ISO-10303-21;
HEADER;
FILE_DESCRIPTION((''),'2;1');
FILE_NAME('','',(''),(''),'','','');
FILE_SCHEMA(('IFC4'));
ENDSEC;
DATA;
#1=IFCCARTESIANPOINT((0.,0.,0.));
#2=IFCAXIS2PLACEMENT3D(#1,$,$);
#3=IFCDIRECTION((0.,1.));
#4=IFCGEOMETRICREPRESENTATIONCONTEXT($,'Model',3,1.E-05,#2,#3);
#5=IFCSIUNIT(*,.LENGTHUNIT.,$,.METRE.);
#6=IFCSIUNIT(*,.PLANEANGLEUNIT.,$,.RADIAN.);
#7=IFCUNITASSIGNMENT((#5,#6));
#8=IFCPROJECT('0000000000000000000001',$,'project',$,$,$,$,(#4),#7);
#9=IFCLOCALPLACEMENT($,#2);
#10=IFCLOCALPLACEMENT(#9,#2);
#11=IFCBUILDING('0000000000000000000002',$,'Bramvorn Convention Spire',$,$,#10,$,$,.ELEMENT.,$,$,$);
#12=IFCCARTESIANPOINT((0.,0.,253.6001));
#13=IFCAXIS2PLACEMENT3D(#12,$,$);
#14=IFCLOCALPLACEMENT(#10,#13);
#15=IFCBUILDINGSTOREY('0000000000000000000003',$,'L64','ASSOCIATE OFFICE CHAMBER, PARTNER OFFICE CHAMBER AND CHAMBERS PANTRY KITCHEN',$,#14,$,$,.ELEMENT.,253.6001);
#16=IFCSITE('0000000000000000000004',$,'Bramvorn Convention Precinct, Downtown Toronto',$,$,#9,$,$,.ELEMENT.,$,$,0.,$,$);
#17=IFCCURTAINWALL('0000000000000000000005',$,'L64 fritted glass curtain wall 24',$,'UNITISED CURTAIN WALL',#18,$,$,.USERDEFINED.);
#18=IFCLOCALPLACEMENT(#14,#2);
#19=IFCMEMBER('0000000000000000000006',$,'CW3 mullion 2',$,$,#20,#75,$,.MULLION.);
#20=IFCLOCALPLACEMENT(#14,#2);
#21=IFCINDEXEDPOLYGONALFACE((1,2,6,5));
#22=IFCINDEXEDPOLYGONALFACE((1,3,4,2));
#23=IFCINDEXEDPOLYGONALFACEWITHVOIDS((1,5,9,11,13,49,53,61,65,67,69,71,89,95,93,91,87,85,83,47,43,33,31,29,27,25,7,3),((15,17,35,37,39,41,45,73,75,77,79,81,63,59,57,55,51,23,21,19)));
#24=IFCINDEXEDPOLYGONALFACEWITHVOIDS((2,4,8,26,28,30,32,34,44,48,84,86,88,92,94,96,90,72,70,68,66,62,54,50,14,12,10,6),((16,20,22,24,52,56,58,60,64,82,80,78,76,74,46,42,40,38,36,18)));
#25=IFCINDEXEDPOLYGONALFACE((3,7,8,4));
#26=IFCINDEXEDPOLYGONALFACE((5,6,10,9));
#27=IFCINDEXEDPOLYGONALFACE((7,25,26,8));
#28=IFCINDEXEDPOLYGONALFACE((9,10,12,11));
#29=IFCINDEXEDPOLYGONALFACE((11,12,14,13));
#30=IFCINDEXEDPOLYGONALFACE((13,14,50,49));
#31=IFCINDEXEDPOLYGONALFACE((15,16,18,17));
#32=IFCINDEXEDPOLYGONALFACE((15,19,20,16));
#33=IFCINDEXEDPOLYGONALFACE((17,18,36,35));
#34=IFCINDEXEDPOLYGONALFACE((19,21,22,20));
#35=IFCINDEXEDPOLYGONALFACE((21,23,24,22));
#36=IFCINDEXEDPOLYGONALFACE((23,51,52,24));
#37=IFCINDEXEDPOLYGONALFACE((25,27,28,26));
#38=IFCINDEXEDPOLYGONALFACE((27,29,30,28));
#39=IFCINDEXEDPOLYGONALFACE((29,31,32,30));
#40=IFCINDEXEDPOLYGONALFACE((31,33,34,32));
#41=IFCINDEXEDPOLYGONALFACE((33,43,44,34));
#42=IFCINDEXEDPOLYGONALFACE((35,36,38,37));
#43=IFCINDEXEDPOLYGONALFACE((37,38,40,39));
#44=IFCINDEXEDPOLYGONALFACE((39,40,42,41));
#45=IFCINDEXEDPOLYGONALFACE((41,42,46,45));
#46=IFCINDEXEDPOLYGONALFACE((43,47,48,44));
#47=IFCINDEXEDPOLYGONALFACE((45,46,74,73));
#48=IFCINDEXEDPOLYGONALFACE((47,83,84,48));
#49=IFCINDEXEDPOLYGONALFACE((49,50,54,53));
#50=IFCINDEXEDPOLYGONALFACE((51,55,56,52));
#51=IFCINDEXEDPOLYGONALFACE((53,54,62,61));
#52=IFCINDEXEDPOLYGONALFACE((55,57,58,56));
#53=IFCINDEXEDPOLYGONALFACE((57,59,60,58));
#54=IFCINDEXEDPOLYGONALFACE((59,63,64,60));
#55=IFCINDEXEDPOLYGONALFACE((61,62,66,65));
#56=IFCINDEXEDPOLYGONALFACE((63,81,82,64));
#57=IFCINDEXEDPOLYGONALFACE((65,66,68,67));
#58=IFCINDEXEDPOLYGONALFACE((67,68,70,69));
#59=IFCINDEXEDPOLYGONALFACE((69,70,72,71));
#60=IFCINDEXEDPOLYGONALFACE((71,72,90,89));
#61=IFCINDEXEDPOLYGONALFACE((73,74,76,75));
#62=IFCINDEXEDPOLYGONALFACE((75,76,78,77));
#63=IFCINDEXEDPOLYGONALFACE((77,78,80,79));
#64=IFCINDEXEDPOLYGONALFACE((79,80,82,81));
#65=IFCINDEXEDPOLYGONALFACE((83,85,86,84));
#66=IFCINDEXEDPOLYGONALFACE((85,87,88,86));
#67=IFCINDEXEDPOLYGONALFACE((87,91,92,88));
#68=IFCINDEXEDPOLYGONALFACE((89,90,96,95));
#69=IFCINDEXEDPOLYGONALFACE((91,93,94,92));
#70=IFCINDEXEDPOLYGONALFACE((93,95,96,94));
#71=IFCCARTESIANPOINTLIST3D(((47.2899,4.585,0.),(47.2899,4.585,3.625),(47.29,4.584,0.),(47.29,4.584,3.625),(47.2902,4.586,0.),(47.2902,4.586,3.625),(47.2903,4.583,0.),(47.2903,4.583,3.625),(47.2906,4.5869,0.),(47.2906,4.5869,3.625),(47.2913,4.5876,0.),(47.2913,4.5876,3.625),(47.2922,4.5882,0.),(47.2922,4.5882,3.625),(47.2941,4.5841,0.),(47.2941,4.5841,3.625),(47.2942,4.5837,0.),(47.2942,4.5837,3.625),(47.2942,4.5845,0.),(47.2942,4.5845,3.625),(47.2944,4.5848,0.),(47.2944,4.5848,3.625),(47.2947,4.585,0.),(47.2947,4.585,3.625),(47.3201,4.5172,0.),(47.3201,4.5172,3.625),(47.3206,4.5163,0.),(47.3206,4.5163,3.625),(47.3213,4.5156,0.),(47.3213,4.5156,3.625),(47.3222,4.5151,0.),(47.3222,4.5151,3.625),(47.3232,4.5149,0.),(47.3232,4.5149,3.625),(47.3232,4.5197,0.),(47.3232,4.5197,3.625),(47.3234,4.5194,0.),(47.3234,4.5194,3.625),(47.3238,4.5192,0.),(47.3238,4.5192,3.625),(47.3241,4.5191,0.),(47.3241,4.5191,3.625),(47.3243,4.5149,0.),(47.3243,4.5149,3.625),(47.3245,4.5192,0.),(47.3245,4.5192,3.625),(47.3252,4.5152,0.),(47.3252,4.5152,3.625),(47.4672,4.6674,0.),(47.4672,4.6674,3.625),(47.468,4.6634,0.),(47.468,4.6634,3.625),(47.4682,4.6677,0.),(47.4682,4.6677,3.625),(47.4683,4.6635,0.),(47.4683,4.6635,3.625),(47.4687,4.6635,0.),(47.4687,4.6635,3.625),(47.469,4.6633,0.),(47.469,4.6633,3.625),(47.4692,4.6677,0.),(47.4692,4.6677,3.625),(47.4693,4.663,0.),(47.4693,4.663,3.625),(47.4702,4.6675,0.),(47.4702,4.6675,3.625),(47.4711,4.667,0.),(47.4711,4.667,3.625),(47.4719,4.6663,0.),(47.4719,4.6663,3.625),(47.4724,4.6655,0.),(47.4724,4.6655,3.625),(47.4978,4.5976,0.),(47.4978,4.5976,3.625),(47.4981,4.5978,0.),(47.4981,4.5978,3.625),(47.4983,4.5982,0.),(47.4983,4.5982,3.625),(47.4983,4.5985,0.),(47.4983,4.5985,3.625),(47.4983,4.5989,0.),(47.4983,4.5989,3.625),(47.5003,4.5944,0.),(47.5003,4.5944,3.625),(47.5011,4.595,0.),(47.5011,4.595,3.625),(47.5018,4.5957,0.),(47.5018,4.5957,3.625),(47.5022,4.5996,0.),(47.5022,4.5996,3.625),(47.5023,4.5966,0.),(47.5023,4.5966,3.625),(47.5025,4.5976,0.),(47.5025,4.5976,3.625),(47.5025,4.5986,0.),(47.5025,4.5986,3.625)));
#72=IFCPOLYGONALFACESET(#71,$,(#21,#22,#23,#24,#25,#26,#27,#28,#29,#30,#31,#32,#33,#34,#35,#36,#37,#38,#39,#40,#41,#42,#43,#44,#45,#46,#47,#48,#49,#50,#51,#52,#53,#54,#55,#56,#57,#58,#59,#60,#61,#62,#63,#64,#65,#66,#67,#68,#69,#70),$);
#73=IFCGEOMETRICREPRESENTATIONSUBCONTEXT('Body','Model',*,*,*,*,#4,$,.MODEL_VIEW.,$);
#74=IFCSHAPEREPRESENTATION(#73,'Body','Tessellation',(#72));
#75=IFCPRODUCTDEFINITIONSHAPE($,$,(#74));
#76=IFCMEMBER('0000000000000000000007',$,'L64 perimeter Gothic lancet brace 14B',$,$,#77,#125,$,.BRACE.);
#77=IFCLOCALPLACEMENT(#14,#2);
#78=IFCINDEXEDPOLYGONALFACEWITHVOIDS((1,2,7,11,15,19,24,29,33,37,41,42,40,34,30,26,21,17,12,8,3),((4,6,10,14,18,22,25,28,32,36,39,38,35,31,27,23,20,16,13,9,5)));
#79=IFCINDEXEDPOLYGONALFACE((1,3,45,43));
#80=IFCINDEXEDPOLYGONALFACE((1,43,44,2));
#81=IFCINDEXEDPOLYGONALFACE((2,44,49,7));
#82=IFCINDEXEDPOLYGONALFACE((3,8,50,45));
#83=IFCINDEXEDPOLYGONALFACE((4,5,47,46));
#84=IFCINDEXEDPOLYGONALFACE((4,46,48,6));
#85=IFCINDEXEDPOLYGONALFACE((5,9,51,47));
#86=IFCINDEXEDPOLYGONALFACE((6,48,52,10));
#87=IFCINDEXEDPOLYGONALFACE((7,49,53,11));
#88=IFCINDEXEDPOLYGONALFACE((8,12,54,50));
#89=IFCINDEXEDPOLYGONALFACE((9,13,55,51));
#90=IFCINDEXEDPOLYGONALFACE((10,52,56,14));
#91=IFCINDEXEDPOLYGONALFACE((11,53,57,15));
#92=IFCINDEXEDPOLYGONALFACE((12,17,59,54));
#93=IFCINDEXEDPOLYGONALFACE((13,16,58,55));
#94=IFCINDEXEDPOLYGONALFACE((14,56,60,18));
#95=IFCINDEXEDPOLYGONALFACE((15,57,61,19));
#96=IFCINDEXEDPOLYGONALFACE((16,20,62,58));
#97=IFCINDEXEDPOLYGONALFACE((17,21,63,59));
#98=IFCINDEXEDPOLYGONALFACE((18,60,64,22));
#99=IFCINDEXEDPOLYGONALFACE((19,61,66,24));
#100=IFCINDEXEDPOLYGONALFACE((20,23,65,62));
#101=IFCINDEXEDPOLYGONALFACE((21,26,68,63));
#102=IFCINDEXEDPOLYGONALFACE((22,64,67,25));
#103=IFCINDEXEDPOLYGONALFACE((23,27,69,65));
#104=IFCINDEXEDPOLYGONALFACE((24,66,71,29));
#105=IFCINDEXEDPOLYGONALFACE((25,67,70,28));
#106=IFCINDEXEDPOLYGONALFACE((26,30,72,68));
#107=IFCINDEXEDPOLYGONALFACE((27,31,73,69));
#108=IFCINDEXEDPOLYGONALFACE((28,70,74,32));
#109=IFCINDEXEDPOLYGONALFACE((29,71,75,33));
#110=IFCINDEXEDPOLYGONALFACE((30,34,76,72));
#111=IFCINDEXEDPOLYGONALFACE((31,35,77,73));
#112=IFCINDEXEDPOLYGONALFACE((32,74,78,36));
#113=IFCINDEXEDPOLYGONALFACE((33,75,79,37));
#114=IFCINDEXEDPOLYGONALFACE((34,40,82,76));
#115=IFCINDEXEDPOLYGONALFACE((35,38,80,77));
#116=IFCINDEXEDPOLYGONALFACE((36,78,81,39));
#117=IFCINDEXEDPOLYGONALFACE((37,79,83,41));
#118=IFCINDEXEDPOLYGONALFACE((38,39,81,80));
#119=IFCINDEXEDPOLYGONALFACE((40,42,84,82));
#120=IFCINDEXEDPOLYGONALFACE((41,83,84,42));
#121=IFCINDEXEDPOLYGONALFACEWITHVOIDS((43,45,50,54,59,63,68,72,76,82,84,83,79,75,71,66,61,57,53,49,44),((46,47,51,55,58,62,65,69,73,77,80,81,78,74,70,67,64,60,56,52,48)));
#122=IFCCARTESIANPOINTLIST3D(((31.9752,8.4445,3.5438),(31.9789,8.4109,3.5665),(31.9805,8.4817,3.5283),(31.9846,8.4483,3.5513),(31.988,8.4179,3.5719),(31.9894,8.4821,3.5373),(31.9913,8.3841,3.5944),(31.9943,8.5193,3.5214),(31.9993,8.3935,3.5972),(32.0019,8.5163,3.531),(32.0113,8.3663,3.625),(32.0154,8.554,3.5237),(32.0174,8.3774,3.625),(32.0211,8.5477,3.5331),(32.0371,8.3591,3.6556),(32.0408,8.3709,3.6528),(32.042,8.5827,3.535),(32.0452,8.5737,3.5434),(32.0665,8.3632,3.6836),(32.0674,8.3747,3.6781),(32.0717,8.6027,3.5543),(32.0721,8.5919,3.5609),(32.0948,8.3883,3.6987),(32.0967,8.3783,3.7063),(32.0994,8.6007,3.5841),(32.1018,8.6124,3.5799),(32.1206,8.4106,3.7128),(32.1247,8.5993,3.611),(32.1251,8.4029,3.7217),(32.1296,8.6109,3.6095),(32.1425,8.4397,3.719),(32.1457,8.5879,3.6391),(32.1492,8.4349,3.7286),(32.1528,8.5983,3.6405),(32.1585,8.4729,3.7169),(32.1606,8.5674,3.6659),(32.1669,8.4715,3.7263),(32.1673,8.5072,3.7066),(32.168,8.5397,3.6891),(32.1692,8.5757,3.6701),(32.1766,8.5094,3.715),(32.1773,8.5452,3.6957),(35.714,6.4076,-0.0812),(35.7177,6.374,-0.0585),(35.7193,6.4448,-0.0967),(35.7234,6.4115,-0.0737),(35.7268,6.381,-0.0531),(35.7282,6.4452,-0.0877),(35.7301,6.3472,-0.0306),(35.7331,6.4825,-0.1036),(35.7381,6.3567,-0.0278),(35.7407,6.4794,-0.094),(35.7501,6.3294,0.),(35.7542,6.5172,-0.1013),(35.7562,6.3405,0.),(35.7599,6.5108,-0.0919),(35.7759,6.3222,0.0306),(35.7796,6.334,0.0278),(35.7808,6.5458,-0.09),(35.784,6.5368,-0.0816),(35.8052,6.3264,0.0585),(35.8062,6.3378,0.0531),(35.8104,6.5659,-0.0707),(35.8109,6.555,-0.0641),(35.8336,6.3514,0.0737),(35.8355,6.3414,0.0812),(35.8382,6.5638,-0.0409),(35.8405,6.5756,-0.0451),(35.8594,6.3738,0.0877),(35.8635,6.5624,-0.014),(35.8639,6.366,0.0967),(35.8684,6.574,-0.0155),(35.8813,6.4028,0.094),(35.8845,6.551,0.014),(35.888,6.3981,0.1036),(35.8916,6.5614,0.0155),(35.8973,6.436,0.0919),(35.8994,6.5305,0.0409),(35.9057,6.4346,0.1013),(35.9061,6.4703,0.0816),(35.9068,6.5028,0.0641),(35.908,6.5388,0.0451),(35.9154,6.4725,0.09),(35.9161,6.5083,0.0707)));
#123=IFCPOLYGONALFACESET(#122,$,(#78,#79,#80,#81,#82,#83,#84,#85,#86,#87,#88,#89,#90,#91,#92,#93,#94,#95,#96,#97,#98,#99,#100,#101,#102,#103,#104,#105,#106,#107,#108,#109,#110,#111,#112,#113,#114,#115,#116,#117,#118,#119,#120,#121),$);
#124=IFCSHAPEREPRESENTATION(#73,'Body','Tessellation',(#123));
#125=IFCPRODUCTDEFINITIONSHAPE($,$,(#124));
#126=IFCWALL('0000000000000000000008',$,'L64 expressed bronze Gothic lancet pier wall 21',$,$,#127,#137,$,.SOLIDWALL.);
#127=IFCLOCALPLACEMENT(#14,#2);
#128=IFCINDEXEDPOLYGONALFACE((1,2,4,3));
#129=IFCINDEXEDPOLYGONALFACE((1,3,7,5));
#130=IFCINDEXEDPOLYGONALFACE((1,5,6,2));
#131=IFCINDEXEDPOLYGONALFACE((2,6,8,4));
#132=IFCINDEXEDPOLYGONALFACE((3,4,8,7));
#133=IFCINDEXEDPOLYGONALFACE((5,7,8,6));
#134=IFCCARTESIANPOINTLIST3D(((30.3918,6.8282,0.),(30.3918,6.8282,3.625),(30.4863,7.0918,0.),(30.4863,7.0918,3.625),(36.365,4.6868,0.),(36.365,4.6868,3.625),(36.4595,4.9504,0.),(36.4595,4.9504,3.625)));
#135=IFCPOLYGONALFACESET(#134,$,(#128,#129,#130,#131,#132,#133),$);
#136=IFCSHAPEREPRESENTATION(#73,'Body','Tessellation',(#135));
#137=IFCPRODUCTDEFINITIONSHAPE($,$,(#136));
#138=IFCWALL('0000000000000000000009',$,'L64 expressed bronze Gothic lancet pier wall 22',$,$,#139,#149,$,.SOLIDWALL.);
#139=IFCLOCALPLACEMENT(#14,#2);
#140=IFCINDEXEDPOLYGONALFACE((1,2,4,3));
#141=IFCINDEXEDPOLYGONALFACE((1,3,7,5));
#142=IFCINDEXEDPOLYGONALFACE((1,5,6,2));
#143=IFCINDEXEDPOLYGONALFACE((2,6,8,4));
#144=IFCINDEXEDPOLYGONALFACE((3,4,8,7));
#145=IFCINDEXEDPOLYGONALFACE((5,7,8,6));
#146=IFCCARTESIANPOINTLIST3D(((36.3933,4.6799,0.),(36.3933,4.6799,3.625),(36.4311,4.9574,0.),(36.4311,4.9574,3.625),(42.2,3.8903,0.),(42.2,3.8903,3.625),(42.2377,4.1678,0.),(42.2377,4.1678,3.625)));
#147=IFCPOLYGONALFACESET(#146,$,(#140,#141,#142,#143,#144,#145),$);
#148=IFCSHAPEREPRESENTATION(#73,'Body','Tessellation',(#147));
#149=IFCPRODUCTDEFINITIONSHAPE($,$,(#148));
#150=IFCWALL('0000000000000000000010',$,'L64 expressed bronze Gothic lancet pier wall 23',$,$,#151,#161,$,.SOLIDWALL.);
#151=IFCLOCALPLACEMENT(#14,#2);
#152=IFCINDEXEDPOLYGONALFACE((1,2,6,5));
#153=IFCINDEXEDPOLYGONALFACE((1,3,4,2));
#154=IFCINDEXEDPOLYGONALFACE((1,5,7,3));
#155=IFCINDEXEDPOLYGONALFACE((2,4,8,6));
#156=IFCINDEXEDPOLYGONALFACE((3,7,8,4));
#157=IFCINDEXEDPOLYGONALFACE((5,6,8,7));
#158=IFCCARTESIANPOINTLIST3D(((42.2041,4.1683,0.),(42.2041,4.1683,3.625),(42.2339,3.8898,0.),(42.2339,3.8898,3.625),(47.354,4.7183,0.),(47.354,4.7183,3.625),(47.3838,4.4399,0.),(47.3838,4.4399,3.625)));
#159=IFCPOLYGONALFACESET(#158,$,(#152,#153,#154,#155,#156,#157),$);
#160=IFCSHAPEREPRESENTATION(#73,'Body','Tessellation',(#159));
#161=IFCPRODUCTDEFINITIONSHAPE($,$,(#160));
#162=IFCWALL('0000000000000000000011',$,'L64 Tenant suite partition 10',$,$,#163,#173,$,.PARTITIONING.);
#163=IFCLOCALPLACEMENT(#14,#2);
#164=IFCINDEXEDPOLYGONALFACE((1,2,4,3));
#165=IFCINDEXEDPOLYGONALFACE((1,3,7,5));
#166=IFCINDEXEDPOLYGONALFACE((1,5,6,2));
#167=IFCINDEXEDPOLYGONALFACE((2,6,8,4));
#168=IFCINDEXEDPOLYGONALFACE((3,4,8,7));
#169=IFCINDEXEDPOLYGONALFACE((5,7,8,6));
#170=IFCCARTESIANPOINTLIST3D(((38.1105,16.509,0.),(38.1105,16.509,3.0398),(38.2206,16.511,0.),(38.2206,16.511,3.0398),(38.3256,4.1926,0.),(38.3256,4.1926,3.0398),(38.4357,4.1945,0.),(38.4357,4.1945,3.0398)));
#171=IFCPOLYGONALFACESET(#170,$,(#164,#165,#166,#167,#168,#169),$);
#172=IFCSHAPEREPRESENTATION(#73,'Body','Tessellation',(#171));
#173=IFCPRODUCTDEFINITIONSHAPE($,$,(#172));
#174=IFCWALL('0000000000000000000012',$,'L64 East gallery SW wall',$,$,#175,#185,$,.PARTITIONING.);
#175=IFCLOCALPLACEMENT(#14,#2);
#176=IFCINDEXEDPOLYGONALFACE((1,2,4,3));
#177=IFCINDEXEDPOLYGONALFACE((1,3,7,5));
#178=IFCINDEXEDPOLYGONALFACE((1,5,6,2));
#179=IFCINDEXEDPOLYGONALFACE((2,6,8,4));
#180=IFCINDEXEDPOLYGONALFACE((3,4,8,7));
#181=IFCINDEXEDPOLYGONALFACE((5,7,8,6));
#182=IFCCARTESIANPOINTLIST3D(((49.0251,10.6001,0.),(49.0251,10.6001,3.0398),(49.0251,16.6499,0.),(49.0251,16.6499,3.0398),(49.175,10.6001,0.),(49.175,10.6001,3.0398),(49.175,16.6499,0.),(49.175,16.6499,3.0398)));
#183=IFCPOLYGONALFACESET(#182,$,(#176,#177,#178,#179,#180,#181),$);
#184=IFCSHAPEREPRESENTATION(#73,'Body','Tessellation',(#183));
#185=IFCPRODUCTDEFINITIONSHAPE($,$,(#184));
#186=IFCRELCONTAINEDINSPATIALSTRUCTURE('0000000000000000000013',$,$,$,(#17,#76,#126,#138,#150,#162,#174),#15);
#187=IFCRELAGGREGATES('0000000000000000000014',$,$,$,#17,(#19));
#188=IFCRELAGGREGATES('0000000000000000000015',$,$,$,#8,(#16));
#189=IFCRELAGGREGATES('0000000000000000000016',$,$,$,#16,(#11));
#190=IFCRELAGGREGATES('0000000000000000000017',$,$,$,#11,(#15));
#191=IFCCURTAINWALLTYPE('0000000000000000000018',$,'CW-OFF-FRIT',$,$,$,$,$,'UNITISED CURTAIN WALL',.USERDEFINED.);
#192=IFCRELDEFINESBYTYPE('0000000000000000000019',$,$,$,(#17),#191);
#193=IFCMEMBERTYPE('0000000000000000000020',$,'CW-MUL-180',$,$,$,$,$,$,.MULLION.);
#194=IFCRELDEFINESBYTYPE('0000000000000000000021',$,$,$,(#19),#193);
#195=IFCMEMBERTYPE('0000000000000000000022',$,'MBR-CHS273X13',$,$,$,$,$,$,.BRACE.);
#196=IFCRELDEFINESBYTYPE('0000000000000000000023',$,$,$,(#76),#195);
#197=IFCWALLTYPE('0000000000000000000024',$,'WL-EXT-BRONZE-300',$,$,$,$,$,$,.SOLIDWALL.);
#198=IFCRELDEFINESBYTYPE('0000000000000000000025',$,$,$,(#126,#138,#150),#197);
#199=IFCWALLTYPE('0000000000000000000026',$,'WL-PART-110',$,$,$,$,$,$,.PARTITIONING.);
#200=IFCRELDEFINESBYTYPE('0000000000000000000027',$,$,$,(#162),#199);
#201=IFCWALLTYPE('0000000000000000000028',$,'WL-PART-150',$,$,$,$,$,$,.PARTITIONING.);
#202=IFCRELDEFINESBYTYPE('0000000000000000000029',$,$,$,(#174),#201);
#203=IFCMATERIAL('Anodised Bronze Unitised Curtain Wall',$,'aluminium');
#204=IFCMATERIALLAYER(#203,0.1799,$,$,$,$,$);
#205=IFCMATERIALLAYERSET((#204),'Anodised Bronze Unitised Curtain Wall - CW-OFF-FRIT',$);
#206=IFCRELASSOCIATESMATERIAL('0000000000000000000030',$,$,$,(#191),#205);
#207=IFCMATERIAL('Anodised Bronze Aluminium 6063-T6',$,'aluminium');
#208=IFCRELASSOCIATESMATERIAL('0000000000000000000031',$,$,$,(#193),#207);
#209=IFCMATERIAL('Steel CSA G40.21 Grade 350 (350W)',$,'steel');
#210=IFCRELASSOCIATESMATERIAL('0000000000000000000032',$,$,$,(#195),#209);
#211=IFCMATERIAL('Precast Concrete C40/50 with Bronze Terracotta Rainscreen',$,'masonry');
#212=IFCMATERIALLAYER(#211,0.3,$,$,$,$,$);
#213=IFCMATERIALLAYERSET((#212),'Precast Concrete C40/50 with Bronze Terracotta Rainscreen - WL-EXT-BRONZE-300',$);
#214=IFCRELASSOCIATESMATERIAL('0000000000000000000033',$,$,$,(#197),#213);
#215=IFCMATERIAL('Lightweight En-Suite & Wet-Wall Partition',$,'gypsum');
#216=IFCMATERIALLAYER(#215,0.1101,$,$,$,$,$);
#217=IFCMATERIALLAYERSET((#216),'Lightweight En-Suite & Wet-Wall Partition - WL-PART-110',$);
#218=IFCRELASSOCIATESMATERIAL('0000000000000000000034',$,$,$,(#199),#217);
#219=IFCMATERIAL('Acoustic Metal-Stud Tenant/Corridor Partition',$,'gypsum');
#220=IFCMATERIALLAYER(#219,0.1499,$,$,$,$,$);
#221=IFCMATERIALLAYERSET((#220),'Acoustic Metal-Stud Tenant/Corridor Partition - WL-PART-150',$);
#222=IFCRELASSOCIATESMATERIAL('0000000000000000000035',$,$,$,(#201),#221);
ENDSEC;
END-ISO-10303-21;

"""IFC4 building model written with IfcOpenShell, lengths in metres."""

from ifc_helpers import new_model, si_unit, direction, frame, frame_2d, origin, origin_2d, place, context, subcontext, project, spatial, rectangle, hollow_rectangle, hollow_circle, extrude, material, layer, layer_set, material_profile, profile_set, type_object, element, aggregate, save


model = new_model("IFC4")

# Units and contexts
model_context = context("Model", 3, precision=1e-05, world=origin(), true_north=direction((0.0, 1.0)))
body_context = subcontext(model_context, "Body", "Model", "MODEL_VIEW")
ifc_project = project(units=[si_unit("LENGTHUNIT", "METRE"), si_unit("PLANEANGLEUNIT", "RADIAN")], contexts=[model_context])

# Site, building, storey
site_placement = place(None, origin())
site = spatial("IfcSite", under=ifc_project, at=site_placement, Name="Bramvorn Convention Precinct, Downtown Toronto", CompositionType="ELEMENT", RefElevation=0.0)
building_placement = place(site_placement, origin())
building = spatial("IfcBuilding", under=site, at=building_placement, Name="Bramvorn Convention Spire", CompositionType="ELEMENT")
storey_placement = place(building_placement, frame((0.0, 0.0, 253.6001)))
storey = spatial("IfcBuildingStorey", under=building, at=storey_placement, Name="L64", Description="ASSOCIATE OFFICE CHAMBER, PARTNER OFFICE CHAMBER AND CHAMBERS PANTRY KITCHEN", CompositionType="ELEMENT", Elevation=253.6001)

# Shared definitions
ifc_material_1 = material(Name="Steel CSA G40.21 Grade 350 (350W)", Category="steel")

# Curtain wall, member
ifc_material_2 = material(Name="Anodised Bronze Unitised Curtain Wall", Category="aluminium")
ifc_layer_1 = layer(ifc_material_2, 0.1799)
ifc_layer_set_1 = layer_set([ifc_layer_1], Name="Anodised Bronze Unitised Curtain Wall - CW-OFF-FRIT")
curtain_wall_type = type_object("IfcCurtainWallType", Name="CW-OFF-FRIT", ElementType="UNITISED CURTAIN WALL", PredefinedType="USERDEFINED", material=ifc_layer_set_1)
curtain_wall_placement = place(storey_placement, origin())
curtain_wall = element("IfcCurtainWall", 1, at=curtain_wall_placement, inside=storey, type_object=curtain_wall_type, Name="L64 fritted glass curtain wall 24", ObjectType="UNITISED CURTAIN WALL", PredefinedType="USERDEFINED")
ifc_material_3 = material(Name="Anodised Bronze Aluminium 6063-T6", Category="aluminium")
ifc_material_profile_1 = material_profile(ifc_material_3, hollow_rectangle(XDim=0.0801, YDim=0.2, WallThickness=0.0039, InnerFilletRadius=0.001, OuterFilletRadius=0.0039, at=origin_2d()))
ifc_profile_set_1 = profile_set([ifc_material_profile_1], Name="Anodised Bronze Aluminium 6063-T6 - CWM80X200")
member_type_1 = type_object("IfcMemberType", Name="CW-MUL-180", PredefinedType="MULLION", material=ifc_profile_set_1)
member_1_placement = place(storey_placement, frame((47.3962, 4.5913, 0.0), z_axis=(0.0, 0.0, 1.0), x_axis=(0.412382, -0.911011, 0.0)))
member_1 = element("IfcMember", 2, at=member_1_placement, type_object=member_type_1, Name="CW3 mullion 2", PredefinedType="MULLION", context=body_context, shape_type="SweptSolid", body=[
    extrude(hollow_rectangle(XDim=0.0801, YDim=0.2, WallThickness=0.0039, InnerFilletRadius=0.001, OuterFilletRadius=0.0039, at=origin_2d()), origin(), (0.0, 0.0, 1.0), 3.625),
])
aggregate(curtain_wall, [member_1])

# Member
ifc_material_profile_2 = material_profile(ifc_material_1, hollow_circle(Radius=0.1365, WallThickness=0.0127, at=origin_2d()))
ifc_profile_set_2 = profile_set([ifc_material_profile_2], Name="Steel CSA G40.21 Grade 350 (350W) - CHS273X13")
member_type_2 = type_object("IfcMemberType", Name="MBR-CHS273X13", PredefinedType="BRACE", material=ifc_profile_set_2)
member_2_placement = place(storey_placement, frame((35.8154, 6.4492, 0.0), z_axis=(-0.668621, 0.364262, 0.648275), x_axis=(-0.478406, -0.878139, 0.0)))
element("IfcMember", 3, at=member_2_placement, inside=storey, type_object=member_type_2, Name="L64 perimeter Gothic lancet brace 14B", PredefinedType="BRACE", context=body_context, shape_type="SweptSolid", body=[
    extrude(hollow_circle(Radius=0.1365, WallThickness=0.0127, at=origin_2d()), origin(), (0.0, 0.0, 1.0), 5.5918),
])

# Walls
ifc_material_4 = material(Name="Precast Concrete C40/50 with Bronze Terracotta Rainscreen", Category="masonry")
ifc_layer_2 = layer(ifc_material_4, 0.3)
ifc_layer_set_2 = layer_set([ifc_layer_2], Name="Precast Concrete C40/50 with Bronze Terracotta Rainscreen - WL-EXT-BRONZE-300")
wall_type_1 = type_object("IfcWallType", Name="WL-EXT-BRONZE-300", PredefinedType="SOLIDWALL", material=ifc_layer_set_2)
wall_1_placement = place(storey_placement, frame((36.4124, 4.8186, 0.0), z_axis=(0.0, 0.0, 1.0), x_axis=(-0.941337, 0.337467, 0.0)))
element("IfcWall", 4, at=wall_1_placement, inside=storey, type_object=wall_type_1, Name="L64 expressed bronze Gothic lancet pier wall 21", PredefinedType="SOLIDWALL", context=body_context, shape_type="SweptSolid", body=[
    extrude(rectangle(XDim=6.3455, YDim=0.28, at=frame_2d((3.1729, 0.0))), origin(), (0.0, 0.0, 1.0), 3.625),
])
wall_2_placement = place(storey_placement, frame((42.219, 4.0291, 0.0), z_axis=(0.0, 0.0, 1.0), x_axis=(-0.990882, 0.134734, 0.0)))
element("IfcWall", 5, at=wall_2_placement, inside=storey, type_object=wall_type_1, Name="L64 expressed bronze Gothic lancet pier wall 22", PredefinedType="SOLIDWALL", context=body_context, shape_type="SweptSolid", body=[
    extrude(rectangle(XDim=5.8601, YDim=0.28, at=frame_2d((2.9302, 0.0))), origin(), (0.0, 0.0, 1.0), 3.625),
])
wall_3_placement = place(storey_placement, frame((47.3689, 4.5791, 0.0), z_axis=(0.0, 0.0, 1.0), x_axis=(-0.994344, -0.106204, 0.0)))
element("IfcWall", 6, at=wall_3_placement, inside=storey, type_object=wall_type_1, Name="L64 expressed bronze Gothic lancet pier wall 23", PredefinedType="SOLIDWALL", context=body_context, shape_type="SweptSolid", body=[
    extrude(rectangle(XDim=5.1792, YDim=0.28, at=frame_2d((2.5896, 0.0))), origin(), (0.0, 0.0, 1.0), 3.625),
])
ifc_material_5 = material(Name="Lightweight En-Suite & Wet-Wall Partition", Category="gypsum")
ifc_layer_3 = layer(ifc_material_5, 0.1101)
ifc_layer_set_3 = layer_set([ifc_layer_3], Name="Lightweight En-Suite & Wet-Wall Partition - WL-PART-110")
wall_type_2 = type_object("IfcWallType", Name="WL-PART-110", PredefinedType="PARTITIONING", material=ifc_layer_set_3)
wall_4_placement = place(storey_placement, frame((38.1655, 16.51, 0.0), z_axis=(0.0, 0.0, 1.0), x_axis=(0.017461, -0.999848, 0.0)))
element("IfcWall", 7, at=wall_4_placement, inside=storey, type_object=wall_type_2, Name="L64 Tenant suite partition 10", PredefinedType="PARTITIONING", context=body_context, shape_type="SweptSolid", body=[
    extrude(rectangle(XDim=12.3184, YDim=0.1101, at=frame_2d((6.1592, 0.0))), origin(), (0.0, 0.0, 1.0), 3.0398),
])
ifc_material_6 = material(Name="Acoustic Metal-Stud Tenant/Corridor Partition", Category="gypsum")
ifc_layer_4 = layer(ifc_material_6, 0.1499)
ifc_layer_set_4 = layer_set([ifc_layer_4], Name="Acoustic Metal-Stud Tenant/Corridor Partition - WL-PART-150")
wall_type_3 = type_object("IfcWallType", Name="WL-PART-150", PredefinedType="PARTITIONING", material=ifc_layer_set_4)
wall_5_placement = place(storey_placement, frame((49.1001, 10.6001, 0.0), z_axis=(0.0, 0.0, 1.0), x_axis=(0.0, 1.0, 0.0)))
element("IfcWall", 8, at=wall_5_placement, inside=storey, type_object=wall_type_3, Name="L64 East gallery SW wall", PredefinedType="PARTITIONING", context=body_context, shape_type="SweptSolid", body=[
    extrude(rectangle(XDim=6.0498, YDim=0.1499, at=frame_2d((3.0249, 0.0))), origin(), (0.0, 0.0, 1.0), 3.0398),
])

save(model, "model.ifc")
